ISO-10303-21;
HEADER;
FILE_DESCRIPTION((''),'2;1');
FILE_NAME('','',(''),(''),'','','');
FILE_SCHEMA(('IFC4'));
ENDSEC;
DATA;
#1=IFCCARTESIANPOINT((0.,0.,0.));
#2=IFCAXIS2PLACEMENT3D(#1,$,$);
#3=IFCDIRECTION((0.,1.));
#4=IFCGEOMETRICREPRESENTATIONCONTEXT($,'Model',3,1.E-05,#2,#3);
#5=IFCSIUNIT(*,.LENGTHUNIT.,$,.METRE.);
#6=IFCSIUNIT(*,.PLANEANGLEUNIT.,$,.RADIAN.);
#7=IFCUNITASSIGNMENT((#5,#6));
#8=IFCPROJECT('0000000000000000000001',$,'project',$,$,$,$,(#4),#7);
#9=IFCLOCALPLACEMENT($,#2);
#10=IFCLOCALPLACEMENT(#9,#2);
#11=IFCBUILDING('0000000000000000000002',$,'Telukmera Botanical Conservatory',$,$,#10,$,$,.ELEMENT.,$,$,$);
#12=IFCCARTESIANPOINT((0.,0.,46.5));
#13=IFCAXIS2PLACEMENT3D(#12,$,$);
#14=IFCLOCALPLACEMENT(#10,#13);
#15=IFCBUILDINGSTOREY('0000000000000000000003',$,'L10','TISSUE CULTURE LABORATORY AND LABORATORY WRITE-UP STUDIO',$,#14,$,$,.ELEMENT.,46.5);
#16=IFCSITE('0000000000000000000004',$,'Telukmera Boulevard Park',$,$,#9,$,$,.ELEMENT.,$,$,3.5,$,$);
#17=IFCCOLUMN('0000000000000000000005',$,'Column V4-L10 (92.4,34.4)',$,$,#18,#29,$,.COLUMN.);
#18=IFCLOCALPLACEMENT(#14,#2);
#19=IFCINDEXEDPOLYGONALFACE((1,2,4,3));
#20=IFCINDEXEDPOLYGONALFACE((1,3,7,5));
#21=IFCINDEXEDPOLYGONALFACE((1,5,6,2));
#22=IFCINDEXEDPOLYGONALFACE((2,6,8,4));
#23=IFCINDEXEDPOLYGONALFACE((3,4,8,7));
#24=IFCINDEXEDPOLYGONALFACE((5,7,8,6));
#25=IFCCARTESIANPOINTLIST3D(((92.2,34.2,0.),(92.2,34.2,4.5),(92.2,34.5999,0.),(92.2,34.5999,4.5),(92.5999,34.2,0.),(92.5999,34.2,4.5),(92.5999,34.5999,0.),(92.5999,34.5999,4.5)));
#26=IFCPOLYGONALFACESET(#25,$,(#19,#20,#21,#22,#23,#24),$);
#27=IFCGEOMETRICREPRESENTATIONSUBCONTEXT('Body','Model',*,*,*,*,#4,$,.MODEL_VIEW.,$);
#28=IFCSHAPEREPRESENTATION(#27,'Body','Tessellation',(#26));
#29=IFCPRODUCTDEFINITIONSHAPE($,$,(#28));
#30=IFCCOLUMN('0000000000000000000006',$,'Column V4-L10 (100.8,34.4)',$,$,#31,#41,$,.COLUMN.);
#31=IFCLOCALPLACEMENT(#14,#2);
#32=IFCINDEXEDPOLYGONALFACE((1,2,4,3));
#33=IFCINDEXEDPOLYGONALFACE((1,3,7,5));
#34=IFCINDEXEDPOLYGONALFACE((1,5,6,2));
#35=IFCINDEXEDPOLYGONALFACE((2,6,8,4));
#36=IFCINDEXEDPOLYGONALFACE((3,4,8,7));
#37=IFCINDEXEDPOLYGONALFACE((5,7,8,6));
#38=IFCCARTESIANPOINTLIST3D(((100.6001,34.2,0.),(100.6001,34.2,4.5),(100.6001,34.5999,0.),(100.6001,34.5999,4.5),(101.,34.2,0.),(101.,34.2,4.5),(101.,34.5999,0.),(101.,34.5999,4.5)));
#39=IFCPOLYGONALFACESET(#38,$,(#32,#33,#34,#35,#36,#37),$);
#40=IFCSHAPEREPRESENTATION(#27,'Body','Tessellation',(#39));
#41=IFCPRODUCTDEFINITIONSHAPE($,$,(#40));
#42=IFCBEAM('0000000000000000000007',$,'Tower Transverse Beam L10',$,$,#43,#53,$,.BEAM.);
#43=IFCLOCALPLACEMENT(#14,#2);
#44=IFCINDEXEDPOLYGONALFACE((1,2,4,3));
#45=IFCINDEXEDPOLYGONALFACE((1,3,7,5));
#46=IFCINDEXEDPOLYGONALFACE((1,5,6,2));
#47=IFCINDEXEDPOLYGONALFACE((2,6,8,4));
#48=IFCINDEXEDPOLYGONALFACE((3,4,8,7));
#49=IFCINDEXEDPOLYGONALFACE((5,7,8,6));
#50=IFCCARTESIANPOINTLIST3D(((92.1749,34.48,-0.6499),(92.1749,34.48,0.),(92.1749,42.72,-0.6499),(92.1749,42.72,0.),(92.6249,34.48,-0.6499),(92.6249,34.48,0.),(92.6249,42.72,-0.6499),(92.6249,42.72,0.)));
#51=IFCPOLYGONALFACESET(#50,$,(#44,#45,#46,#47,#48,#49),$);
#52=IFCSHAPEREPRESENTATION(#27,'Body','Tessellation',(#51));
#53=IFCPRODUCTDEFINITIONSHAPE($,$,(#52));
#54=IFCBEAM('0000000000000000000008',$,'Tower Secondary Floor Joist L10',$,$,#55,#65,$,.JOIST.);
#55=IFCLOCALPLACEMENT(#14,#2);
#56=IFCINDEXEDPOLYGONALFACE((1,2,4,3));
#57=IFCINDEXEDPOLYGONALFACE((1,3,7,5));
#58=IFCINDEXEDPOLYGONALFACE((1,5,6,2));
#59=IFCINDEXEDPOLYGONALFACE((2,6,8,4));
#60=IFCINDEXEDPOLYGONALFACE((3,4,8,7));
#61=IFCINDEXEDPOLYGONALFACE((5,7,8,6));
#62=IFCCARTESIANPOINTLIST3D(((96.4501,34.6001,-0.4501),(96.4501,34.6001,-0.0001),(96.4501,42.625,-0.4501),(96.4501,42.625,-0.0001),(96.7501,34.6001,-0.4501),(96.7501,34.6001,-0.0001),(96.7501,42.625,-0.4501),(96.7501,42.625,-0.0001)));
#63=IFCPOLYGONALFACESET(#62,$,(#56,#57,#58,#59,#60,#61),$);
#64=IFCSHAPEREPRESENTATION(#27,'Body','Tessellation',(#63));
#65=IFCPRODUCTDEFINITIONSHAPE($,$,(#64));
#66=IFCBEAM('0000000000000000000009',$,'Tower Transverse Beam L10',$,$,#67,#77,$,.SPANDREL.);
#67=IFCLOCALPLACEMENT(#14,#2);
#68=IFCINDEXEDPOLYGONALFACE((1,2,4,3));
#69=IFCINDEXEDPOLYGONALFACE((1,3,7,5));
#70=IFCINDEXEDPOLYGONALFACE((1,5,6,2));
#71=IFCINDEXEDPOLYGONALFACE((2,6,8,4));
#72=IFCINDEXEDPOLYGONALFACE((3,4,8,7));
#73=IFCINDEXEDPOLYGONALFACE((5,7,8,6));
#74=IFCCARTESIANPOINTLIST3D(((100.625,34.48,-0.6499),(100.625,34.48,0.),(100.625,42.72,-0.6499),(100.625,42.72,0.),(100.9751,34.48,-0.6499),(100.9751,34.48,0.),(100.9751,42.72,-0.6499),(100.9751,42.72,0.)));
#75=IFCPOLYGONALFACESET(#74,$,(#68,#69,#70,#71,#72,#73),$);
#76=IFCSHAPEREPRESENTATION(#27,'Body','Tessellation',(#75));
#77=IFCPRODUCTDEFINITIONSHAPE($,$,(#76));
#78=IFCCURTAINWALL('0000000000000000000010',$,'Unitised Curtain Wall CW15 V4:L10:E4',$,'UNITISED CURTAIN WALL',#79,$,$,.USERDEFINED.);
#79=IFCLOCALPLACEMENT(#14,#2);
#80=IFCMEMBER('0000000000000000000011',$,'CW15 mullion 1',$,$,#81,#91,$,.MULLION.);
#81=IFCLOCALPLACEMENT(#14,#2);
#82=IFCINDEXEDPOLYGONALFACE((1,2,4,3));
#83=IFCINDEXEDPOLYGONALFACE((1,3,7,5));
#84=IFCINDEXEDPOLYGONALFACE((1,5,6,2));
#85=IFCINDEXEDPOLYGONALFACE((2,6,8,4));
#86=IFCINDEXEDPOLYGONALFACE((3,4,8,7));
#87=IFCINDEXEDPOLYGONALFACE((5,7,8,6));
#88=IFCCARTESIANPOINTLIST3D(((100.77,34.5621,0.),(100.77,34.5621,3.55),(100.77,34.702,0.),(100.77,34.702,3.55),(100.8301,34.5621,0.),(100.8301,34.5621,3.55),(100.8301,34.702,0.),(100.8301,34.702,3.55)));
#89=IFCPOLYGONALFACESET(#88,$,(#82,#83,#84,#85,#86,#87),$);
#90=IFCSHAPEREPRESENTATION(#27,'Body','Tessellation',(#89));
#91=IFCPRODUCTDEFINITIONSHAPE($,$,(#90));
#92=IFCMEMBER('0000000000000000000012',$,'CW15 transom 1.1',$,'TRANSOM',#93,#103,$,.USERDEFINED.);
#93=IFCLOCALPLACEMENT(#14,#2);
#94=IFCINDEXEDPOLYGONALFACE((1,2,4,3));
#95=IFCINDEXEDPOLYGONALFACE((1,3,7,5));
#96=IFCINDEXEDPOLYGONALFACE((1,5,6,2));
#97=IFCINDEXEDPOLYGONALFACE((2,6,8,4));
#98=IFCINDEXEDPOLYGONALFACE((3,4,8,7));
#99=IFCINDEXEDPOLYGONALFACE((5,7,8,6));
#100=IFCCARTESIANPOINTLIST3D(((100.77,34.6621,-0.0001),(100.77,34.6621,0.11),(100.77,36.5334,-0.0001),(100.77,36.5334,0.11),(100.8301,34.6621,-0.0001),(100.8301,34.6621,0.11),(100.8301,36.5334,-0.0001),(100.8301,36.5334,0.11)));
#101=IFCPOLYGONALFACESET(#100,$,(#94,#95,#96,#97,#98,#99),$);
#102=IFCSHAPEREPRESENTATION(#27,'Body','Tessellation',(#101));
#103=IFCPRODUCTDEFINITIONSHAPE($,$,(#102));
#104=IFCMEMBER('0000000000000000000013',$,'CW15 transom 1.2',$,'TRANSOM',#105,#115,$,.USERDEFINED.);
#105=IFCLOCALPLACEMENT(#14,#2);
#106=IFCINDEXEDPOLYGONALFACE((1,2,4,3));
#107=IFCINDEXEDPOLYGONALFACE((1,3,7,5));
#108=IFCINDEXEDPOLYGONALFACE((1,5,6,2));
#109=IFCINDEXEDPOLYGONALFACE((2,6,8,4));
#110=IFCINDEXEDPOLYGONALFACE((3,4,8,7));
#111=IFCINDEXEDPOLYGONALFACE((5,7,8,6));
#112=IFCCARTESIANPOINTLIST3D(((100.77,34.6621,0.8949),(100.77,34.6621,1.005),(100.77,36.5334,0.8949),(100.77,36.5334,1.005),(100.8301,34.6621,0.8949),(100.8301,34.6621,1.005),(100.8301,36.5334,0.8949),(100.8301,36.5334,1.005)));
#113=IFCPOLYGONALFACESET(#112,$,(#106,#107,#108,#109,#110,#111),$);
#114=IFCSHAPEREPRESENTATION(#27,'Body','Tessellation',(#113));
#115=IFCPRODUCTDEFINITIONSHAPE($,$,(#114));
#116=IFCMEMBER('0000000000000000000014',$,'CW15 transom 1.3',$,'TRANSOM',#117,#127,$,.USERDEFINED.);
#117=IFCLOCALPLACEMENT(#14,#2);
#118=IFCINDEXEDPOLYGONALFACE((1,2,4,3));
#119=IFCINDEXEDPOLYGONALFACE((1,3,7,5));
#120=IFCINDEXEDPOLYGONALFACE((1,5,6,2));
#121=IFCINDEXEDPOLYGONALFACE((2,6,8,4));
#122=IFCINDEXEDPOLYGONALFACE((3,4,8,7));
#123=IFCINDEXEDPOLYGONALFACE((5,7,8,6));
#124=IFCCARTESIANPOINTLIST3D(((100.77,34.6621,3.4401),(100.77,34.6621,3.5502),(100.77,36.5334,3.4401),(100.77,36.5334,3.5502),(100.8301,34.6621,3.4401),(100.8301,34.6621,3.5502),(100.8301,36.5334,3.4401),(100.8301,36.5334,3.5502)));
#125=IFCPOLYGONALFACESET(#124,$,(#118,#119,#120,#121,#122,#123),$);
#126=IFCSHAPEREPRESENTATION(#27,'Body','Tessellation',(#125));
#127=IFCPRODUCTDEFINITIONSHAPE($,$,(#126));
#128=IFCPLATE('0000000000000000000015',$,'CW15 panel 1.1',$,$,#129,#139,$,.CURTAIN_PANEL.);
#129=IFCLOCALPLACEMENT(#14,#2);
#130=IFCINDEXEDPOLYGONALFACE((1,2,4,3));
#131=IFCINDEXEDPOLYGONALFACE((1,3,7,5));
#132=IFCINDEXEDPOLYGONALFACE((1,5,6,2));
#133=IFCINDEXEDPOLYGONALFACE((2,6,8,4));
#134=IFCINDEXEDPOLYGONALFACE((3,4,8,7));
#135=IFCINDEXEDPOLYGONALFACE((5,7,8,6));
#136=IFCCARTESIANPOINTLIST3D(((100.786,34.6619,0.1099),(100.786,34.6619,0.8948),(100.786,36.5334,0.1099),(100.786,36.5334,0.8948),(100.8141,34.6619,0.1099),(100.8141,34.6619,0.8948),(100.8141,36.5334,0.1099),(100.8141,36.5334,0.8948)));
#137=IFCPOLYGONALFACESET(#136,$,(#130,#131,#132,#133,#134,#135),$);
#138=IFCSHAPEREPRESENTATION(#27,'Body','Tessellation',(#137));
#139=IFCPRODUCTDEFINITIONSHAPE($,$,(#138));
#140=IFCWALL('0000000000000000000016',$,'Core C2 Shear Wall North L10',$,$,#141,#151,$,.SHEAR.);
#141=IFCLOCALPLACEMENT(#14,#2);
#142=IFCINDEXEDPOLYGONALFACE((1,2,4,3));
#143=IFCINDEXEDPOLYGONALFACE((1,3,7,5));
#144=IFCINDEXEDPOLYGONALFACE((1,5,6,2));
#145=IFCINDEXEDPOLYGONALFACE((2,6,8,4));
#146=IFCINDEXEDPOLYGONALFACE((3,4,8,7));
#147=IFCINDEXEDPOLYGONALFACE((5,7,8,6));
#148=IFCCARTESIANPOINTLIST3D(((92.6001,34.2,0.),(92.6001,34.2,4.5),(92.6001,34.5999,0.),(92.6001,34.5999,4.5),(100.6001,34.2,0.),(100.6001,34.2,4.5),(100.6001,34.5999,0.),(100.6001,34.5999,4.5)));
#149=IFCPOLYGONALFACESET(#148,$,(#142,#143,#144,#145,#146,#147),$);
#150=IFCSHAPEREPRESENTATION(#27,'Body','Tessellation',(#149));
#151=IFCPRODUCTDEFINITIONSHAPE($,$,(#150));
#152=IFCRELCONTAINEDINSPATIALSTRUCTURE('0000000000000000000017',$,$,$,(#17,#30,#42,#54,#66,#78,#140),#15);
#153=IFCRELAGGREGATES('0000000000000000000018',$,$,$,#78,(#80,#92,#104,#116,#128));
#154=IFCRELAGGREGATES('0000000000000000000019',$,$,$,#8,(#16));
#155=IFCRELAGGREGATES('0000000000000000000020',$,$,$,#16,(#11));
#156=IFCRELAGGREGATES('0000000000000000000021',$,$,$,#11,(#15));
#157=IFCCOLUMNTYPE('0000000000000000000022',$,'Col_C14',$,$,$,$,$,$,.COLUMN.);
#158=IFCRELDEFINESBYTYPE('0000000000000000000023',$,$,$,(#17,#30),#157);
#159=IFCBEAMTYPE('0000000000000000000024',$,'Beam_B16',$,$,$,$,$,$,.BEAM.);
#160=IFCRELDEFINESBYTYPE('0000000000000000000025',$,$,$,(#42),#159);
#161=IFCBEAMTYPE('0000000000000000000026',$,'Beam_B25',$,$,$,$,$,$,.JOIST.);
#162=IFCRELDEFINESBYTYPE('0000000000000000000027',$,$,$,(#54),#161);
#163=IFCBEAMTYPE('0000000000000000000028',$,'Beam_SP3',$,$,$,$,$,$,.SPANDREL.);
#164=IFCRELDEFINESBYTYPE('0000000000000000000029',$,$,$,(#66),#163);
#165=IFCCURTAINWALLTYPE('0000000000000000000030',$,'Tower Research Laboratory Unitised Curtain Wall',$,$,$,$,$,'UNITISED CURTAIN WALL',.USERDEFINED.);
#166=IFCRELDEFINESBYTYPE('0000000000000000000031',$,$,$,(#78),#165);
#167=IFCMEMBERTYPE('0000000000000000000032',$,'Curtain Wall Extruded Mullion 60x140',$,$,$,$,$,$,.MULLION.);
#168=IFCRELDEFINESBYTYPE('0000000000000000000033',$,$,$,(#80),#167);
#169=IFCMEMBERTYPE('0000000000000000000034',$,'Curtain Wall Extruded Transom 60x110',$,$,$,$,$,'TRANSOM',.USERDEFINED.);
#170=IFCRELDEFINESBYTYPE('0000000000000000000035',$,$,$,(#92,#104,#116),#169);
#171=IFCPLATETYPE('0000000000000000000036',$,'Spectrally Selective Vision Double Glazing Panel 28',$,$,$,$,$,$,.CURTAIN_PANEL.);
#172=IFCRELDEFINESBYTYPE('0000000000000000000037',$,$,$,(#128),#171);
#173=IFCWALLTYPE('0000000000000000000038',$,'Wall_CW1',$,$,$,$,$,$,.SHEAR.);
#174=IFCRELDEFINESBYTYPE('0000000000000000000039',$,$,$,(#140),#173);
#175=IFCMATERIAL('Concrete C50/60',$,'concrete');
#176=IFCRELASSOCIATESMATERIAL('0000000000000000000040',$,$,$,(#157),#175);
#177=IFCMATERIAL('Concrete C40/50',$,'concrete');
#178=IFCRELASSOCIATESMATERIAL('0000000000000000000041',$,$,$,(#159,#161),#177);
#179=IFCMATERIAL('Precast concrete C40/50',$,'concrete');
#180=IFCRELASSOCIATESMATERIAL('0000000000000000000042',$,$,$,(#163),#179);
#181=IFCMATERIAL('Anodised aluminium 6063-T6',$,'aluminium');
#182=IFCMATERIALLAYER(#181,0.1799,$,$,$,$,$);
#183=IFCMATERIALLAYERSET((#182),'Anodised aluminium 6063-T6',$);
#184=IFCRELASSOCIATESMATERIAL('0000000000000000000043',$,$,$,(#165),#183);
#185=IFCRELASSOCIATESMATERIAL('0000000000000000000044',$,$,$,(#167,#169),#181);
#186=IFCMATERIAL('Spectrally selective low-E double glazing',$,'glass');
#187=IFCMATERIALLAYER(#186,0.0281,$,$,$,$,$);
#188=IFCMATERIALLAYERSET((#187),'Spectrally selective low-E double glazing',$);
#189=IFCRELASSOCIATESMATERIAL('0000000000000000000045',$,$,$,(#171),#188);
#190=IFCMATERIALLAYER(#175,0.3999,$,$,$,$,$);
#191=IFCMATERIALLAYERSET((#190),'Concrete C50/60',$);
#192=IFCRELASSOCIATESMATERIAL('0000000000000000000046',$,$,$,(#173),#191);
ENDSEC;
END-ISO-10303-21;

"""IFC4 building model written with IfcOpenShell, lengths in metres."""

from ifc_helpers import new_model, si_unit, direction, frame, frame_2d, origin, origin_2d, place, context, subcontext, project, spatial, rectangle, extrude, material, layer, layer_set, material_profile, profile_set, type_object, element, aggregate, save


model = new_model("IFC4")

# Units and contexts
model_context = context("Model", 3, precision=1e-05, world=origin(), true_north=direction((0.0, 1.0)))
body_context = subcontext(model_context, "Body", "Model", "MODEL_VIEW")
ifc_project = project(units=[si_unit("LENGTHUNIT", "METRE"), si_unit("PLANEANGLEUNIT", "RADIAN")], contexts=[model_context])

# Site, building, storey
site_placement = place(None, origin())
site = spatial("IfcSite", under=ifc_project, at=site_placement, Name="Telukmera Boulevard Park", CompositionType="ELEMENT", RefElevation=3.5)
building_placement = place(site_placement, origin())
building = spatial("IfcBuilding", under=site, at=building_placement, Name="Telukmera Botanical Conservatory", CompositionType="ELEMENT")
storey_placement = place(building_placement, frame((0.0, 0.0, 46.5)))
storey = spatial("IfcBuildingStorey", under=building, at=storey_placement, Name="L10", Description="TISSUE CULTURE LABORATORY AND LABORATORY WRITE-UP STUDIO", CompositionType="ELEMENT", Elevation=46.5)

# Columns
ifc_material_1 = material(Name="Concrete C50/60", Category="concrete")
ifc_material_profile_1 = material_profile(ifc_material_1, rectangle(XDim=0.3999, YDim=0.3999, at=origin_2d()), Name="RC 400x400")
ifc_profile_set_1 = profile_set([ifc_material_profile_1], Name="Concrete C50/60")
column_type = type_object("IfcColumnType", Name="Col_C14", PredefinedType="COLUMN", material=ifc_profile_set_1)
for number, where, z_axis, x_axis, name in (
    (1, (92.3999, 34.3999, 0.0), (0.0, 0.0, 1.0), (1.0, 0.0, 0.0), "Column V4-L10 (92.4,34.4)"),
    (2, (100.8, 34.3999, 0.0), (0.0, 0.0, 1.0), (1.0, 0.0, 0.0), "Column V4-L10 (100.8,34.4)"),
):
    element("IfcColumn", number, at=place(storey_placement, frame(where, z_axis=z_axis, x_axis=x_axis)), inside=storey, type_object=column_type, Name=name, PredefinedType="COLUMN", context=body_context, shape_type="SweptSolid", body=[
        extrude(rectangle(XDim=0.3999, YDim=0.3999, at=origin_2d()), origin(), (0.0, 0.0, 1.0), 4.5),
    ])

# Beams
ifc_material_2 = material(Name="Concrete C40/50", Category="concrete")
ifc_material_profile_2 = material_profile(ifc_material_2, rectangle(XDim=0.45, YDim=0.6499, at=origin_2d()), Name="RC 450x650")
ifc_profile_set_2 = profile_set([ifc_material_profile_2], Name="Concrete C40/50")
beam_type_1 = type_object("IfcBeamType", Name="Beam_B16", PredefinedType="BEAM", material=ifc_profile_set_2)
beam_1_placement = place(storey_placement, frame((92.3999, 34.48, -0.325), z_axis=(0.0, 1.0, 0.0), x_axis=(-1.0, 0.0, 0.0)))
element("IfcBeam", 3, at=beam_1_placement, inside=storey, type_object=beam_type_1, Name="Tower Transverse Beam L10", PredefinedType="BEAM", context=body_context, shape_type="SweptSolid", body=[
    extrude(rectangle(XDim=0.45, YDim=0.6499, at=origin_2d()), origin(), (0.0, 0.0, 1.0), 8.24),
])
ifc_material_profile_3 = material_profile(ifc_material_2, rectangle(XDim=0.3, YDim=0.45, at=origin_2d()), Name="RC 300x450")
ifc_profile_set_3 = profile_set([ifc_material_profile_3], Name="Concrete C40/50")
beam_type_2 = type_object("IfcBeamType", Name="Beam_B25", PredefinedType="JOIST", material=ifc_profile_set_3)
beam_2_placement = place(storey_placement, frame((96.6001, 34.6001, -0.2251), z_axis=(0.0, 1.0, 0.0), x_axis=(-1.0, 0.0, 0.0)))
element("IfcBeam", 4, at=beam_2_placement, inside=storey, type_object=beam_type_2, Name="Tower Secondary Floor Joist L10", PredefinedType="JOIST", context=body_context, shape_type="SweptSolid", body=[
    extrude(rectangle(XDim=0.3, YDim=0.45, at=origin_2d()), origin(), (0.0, 0.0, 1.0), 8.0249),
])
ifc_material_3 = material(Name="Precast concrete C40/50", Category="concrete")
ifc_material_profile_4 = material_profile(ifc_material_3, rectangle(XDim=0.3501, YDim=0.6499, at=origin_2d()), Name="PC 350x650")
ifc_profile_set_4 = profile_set([ifc_material_profile_4], Name="Precast concrete C40/50")
beam_type_3 = type_object("IfcBeamType", Name="Beam_SP3", PredefinedType="SPANDREL", material=ifc_profile_set_4)
beam_3_placement = place(storey_placement, frame((100.8, 34.48, -0.325), z_axis=(0.0, 1.0, 0.0), x_axis=(-1.0, 0.0, 0.0)))
element("IfcBeam", 5, at=beam_3_placement, inside=storey, type_object=beam_type_3, Name="Tower Transverse Beam L10", PredefinedType="SPANDREL", context=body_context, shape_type="SweptSolid", body=[
    extrude(rectangle(XDim=0.3501, YDim=0.6499, at=origin_2d()), origin(), (0.0, 0.0, 1.0), 8.24),
])

# Curtain wall, members, plate
ifc_material_4 = material(Name="Anodised aluminium 6063-T6", Category="aluminium")
ifc_layer_1 = layer(ifc_material_4, 0.1799)
ifc_layer_set_1 = layer_set([ifc_layer_1], Name="Anodised aluminium 6063-T6")
curtain_wall_type = type_object("IfcCurtainWallType", Name="Tower Research Laboratory Unitised Curtain Wall", ElementType="UNITISED CURTAIN WALL", PredefinedType="USERDEFINED", material=ifc_layer_set_1)
curtain_wall_placement = place(storey_placement, origin())
curtain_wall = element("IfcCurtainWall", 6, at=curtain_wall_placement, inside=storey, type_object=curtain_wall_type, Name="Unitised Curtain Wall CW15 V4:L10:E4", ObjectType="UNITISED CURTAIN WALL", PredefinedType="USERDEFINED")
ifc_material_profile_5 = material_profile(ifc_material_4, rectangle(XDim=0.0601, YDim=0.1399, at=origin_2d()), Name="ALU MULL 60x140")
ifc_profile_set_5 = profile_set([ifc_material_profile_5], Name="Anodised aluminium 6063-T6")
member_type_1 = type_object("IfcMemberType", Name="Curtain Wall Extruded Mullion 60x140", PredefinedType="MULLION", material=ifc_profile_set_5)
member_1_placement = place(storey_placement, frame((100.8, 34.6321, 0.0), z_axis=(0.0, 0.0, 1.0), x_axis=(-1.0, 0.0, 0.0)))
member_1 = element("IfcMember", 7, at=member_1_placement, type_object=member_type_1, Name="CW15 mullion 1", PredefinedType="MULLION", context=body_context, shape_type="SweptSolid", body=[
    extrude(rectangle(XDim=0.0601, YDim=0.1399, at=origin_2d()), origin(), (0.0, 0.0, 1.0), 3.55),
])
ifc_material_profile_6 = material_profile(ifc_material_4, rectangle(XDim=0.0601, YDim=0.1101, at=origin_2d()), Name="ALU TRAN 60x110")
ifc_profile_set_6 = profile_set([ifc_material_profile_6], Name="Anodised aluminium 6063-T6")
member_type_2 = type_object("IfcMemberType", Name="Curtain Wall Extruded Transom 60x110", ElementType="TRANSOM", PredefinedType="USERDEFINED", material=ifc_profile_set_6)
member_2_placement = place(storey_placement, frame((100.8, 34.6621, 0.0549), z_axis=(0.0, 1.0, 0.0), x_axis=(-1.0, 0.0, 0.0)))
member_2 = element("IfcMember", 8, at=member_2_placement, type_object=member_type_2, Name="CW15 transom 1.1", ObjectType="TRANSOM", PredefinedType="USERDEFINED", context=body_context, shape_type="SweptSolid", body=[
    extrude(rectangle(XDim=0.0601, YDim=0.1101, at=origin_2d()), origin(), (0.0, 0.0, 1.0), 1.8713),
])
member_3_placement = place(storey_placement, frame((100.8, 34.6621, 0.95), z_axis=(0.0, 1.0, 0.0), x_axis=(-1.0, 0.0, 0.0)))
member_3 = element("IfcMember", 9, at=member_3_placement, type_object=member_type_2, Name="CW15 transom 1.2", ObjectType="TRANSOM", PredefinedType="USERDEFINED", context=body_context, shape_type="SweptSolid", body=[
    extrude(rectangle(XDim=0.0601, YDim=0.1101, at=origin_2d()), origin(), (0.0, 0.0, 1.0), 1.8713),
])
member_4_placement = place(storey_placement, frame((100.8, 34.6621, 3.4951), z_axis=(0.0, 1.0, 0.0), x_axis=(-1.0, 0.0, 0.0)))
member_4 = element("IfcMember", 10, at=member_4_placement, type_object=member_type_2, Name="CW15 transom 1.3", ObjectType="TRANSOM", PredefinedType="USERDEFINED", context=body_context, shape_type="SweptSolid", body=[
    extrude(rectangle(XDim=0.0601, YDim=0.1101, at=origin_2d()), origin(), (0.0, 0.0, 1.0), 1.8713),
])
ifc_material_5 = material(Name="Spectrally selective low-E double glazing", Category="glass")
ifc_layer_2 = layer(ifc_material_5, 0.0281)
ifc_layer_set_2 = layer_set([ifc_layer_2], Name="Spectrally selective low-E double glazing")
plate_type = type_object("IfcPlateType", Name="Spectrally Selective Vision Double Glazing Panel 28", PredefinedType="CURTAIN_PANEL", material=ifc_layer_set_2)
plate_placement = place(storey_placement, frame((100.8, 35.5977, 0.1099), z_axis=(0.0, 0.0, 1.0), x_axis=(0.0, 1.0, 0.0)))
plate = element("IfcPlate", 11, at=plate_placement, type_object=plate_type, Name="CW15 panel 1.1", PredefinedType="CURTAIN_PANEL", context=body_context, shape_type="SweptSolid", body=[
    extrude(rectangle(XDim=1.8716, YDim=0.0281, at=origin_2d()), origin(), (0.0, 0.0, 1.0), 0.7849),
])
aggregate(curtain_wall, [member_1, member_2, member_3, member_4, plate])

# Wall
ifc_layer_3 = layer(ifc_material_1, 0.3999)
ifc_layer_set_3 = layer_set([ifc_layer_3], Name="Concrete C50/60")
wall_type_1 = type_object("IfcWallType", Name="Wall_CW1", PredefinedType="SHEAR", material=ifc_layer_set_3)
wall_1_placement = place(storey_placement, frame((92.6001, 34.3999, 0.0), z_axis=(0.0, 0.0, 1.0), x_axis=(1.0, 0.0, 0.0)))
element("IfcWall", 12, at=wall_1_placement, inside=storey, type_object=wall_type_1, Name="Core C2 Shear Wall North L10", PredefinedType="SHEAR", context=body_context, shape_type="SweptSolid", body=[
    extrude(rectangle(XDim=8.0, YDim=0.3999, at=frame_2d((4.0, 0.0))), origin(), (0.0, 0.0, 1.0), 4.5),
])

save(model, "model.ifc")
